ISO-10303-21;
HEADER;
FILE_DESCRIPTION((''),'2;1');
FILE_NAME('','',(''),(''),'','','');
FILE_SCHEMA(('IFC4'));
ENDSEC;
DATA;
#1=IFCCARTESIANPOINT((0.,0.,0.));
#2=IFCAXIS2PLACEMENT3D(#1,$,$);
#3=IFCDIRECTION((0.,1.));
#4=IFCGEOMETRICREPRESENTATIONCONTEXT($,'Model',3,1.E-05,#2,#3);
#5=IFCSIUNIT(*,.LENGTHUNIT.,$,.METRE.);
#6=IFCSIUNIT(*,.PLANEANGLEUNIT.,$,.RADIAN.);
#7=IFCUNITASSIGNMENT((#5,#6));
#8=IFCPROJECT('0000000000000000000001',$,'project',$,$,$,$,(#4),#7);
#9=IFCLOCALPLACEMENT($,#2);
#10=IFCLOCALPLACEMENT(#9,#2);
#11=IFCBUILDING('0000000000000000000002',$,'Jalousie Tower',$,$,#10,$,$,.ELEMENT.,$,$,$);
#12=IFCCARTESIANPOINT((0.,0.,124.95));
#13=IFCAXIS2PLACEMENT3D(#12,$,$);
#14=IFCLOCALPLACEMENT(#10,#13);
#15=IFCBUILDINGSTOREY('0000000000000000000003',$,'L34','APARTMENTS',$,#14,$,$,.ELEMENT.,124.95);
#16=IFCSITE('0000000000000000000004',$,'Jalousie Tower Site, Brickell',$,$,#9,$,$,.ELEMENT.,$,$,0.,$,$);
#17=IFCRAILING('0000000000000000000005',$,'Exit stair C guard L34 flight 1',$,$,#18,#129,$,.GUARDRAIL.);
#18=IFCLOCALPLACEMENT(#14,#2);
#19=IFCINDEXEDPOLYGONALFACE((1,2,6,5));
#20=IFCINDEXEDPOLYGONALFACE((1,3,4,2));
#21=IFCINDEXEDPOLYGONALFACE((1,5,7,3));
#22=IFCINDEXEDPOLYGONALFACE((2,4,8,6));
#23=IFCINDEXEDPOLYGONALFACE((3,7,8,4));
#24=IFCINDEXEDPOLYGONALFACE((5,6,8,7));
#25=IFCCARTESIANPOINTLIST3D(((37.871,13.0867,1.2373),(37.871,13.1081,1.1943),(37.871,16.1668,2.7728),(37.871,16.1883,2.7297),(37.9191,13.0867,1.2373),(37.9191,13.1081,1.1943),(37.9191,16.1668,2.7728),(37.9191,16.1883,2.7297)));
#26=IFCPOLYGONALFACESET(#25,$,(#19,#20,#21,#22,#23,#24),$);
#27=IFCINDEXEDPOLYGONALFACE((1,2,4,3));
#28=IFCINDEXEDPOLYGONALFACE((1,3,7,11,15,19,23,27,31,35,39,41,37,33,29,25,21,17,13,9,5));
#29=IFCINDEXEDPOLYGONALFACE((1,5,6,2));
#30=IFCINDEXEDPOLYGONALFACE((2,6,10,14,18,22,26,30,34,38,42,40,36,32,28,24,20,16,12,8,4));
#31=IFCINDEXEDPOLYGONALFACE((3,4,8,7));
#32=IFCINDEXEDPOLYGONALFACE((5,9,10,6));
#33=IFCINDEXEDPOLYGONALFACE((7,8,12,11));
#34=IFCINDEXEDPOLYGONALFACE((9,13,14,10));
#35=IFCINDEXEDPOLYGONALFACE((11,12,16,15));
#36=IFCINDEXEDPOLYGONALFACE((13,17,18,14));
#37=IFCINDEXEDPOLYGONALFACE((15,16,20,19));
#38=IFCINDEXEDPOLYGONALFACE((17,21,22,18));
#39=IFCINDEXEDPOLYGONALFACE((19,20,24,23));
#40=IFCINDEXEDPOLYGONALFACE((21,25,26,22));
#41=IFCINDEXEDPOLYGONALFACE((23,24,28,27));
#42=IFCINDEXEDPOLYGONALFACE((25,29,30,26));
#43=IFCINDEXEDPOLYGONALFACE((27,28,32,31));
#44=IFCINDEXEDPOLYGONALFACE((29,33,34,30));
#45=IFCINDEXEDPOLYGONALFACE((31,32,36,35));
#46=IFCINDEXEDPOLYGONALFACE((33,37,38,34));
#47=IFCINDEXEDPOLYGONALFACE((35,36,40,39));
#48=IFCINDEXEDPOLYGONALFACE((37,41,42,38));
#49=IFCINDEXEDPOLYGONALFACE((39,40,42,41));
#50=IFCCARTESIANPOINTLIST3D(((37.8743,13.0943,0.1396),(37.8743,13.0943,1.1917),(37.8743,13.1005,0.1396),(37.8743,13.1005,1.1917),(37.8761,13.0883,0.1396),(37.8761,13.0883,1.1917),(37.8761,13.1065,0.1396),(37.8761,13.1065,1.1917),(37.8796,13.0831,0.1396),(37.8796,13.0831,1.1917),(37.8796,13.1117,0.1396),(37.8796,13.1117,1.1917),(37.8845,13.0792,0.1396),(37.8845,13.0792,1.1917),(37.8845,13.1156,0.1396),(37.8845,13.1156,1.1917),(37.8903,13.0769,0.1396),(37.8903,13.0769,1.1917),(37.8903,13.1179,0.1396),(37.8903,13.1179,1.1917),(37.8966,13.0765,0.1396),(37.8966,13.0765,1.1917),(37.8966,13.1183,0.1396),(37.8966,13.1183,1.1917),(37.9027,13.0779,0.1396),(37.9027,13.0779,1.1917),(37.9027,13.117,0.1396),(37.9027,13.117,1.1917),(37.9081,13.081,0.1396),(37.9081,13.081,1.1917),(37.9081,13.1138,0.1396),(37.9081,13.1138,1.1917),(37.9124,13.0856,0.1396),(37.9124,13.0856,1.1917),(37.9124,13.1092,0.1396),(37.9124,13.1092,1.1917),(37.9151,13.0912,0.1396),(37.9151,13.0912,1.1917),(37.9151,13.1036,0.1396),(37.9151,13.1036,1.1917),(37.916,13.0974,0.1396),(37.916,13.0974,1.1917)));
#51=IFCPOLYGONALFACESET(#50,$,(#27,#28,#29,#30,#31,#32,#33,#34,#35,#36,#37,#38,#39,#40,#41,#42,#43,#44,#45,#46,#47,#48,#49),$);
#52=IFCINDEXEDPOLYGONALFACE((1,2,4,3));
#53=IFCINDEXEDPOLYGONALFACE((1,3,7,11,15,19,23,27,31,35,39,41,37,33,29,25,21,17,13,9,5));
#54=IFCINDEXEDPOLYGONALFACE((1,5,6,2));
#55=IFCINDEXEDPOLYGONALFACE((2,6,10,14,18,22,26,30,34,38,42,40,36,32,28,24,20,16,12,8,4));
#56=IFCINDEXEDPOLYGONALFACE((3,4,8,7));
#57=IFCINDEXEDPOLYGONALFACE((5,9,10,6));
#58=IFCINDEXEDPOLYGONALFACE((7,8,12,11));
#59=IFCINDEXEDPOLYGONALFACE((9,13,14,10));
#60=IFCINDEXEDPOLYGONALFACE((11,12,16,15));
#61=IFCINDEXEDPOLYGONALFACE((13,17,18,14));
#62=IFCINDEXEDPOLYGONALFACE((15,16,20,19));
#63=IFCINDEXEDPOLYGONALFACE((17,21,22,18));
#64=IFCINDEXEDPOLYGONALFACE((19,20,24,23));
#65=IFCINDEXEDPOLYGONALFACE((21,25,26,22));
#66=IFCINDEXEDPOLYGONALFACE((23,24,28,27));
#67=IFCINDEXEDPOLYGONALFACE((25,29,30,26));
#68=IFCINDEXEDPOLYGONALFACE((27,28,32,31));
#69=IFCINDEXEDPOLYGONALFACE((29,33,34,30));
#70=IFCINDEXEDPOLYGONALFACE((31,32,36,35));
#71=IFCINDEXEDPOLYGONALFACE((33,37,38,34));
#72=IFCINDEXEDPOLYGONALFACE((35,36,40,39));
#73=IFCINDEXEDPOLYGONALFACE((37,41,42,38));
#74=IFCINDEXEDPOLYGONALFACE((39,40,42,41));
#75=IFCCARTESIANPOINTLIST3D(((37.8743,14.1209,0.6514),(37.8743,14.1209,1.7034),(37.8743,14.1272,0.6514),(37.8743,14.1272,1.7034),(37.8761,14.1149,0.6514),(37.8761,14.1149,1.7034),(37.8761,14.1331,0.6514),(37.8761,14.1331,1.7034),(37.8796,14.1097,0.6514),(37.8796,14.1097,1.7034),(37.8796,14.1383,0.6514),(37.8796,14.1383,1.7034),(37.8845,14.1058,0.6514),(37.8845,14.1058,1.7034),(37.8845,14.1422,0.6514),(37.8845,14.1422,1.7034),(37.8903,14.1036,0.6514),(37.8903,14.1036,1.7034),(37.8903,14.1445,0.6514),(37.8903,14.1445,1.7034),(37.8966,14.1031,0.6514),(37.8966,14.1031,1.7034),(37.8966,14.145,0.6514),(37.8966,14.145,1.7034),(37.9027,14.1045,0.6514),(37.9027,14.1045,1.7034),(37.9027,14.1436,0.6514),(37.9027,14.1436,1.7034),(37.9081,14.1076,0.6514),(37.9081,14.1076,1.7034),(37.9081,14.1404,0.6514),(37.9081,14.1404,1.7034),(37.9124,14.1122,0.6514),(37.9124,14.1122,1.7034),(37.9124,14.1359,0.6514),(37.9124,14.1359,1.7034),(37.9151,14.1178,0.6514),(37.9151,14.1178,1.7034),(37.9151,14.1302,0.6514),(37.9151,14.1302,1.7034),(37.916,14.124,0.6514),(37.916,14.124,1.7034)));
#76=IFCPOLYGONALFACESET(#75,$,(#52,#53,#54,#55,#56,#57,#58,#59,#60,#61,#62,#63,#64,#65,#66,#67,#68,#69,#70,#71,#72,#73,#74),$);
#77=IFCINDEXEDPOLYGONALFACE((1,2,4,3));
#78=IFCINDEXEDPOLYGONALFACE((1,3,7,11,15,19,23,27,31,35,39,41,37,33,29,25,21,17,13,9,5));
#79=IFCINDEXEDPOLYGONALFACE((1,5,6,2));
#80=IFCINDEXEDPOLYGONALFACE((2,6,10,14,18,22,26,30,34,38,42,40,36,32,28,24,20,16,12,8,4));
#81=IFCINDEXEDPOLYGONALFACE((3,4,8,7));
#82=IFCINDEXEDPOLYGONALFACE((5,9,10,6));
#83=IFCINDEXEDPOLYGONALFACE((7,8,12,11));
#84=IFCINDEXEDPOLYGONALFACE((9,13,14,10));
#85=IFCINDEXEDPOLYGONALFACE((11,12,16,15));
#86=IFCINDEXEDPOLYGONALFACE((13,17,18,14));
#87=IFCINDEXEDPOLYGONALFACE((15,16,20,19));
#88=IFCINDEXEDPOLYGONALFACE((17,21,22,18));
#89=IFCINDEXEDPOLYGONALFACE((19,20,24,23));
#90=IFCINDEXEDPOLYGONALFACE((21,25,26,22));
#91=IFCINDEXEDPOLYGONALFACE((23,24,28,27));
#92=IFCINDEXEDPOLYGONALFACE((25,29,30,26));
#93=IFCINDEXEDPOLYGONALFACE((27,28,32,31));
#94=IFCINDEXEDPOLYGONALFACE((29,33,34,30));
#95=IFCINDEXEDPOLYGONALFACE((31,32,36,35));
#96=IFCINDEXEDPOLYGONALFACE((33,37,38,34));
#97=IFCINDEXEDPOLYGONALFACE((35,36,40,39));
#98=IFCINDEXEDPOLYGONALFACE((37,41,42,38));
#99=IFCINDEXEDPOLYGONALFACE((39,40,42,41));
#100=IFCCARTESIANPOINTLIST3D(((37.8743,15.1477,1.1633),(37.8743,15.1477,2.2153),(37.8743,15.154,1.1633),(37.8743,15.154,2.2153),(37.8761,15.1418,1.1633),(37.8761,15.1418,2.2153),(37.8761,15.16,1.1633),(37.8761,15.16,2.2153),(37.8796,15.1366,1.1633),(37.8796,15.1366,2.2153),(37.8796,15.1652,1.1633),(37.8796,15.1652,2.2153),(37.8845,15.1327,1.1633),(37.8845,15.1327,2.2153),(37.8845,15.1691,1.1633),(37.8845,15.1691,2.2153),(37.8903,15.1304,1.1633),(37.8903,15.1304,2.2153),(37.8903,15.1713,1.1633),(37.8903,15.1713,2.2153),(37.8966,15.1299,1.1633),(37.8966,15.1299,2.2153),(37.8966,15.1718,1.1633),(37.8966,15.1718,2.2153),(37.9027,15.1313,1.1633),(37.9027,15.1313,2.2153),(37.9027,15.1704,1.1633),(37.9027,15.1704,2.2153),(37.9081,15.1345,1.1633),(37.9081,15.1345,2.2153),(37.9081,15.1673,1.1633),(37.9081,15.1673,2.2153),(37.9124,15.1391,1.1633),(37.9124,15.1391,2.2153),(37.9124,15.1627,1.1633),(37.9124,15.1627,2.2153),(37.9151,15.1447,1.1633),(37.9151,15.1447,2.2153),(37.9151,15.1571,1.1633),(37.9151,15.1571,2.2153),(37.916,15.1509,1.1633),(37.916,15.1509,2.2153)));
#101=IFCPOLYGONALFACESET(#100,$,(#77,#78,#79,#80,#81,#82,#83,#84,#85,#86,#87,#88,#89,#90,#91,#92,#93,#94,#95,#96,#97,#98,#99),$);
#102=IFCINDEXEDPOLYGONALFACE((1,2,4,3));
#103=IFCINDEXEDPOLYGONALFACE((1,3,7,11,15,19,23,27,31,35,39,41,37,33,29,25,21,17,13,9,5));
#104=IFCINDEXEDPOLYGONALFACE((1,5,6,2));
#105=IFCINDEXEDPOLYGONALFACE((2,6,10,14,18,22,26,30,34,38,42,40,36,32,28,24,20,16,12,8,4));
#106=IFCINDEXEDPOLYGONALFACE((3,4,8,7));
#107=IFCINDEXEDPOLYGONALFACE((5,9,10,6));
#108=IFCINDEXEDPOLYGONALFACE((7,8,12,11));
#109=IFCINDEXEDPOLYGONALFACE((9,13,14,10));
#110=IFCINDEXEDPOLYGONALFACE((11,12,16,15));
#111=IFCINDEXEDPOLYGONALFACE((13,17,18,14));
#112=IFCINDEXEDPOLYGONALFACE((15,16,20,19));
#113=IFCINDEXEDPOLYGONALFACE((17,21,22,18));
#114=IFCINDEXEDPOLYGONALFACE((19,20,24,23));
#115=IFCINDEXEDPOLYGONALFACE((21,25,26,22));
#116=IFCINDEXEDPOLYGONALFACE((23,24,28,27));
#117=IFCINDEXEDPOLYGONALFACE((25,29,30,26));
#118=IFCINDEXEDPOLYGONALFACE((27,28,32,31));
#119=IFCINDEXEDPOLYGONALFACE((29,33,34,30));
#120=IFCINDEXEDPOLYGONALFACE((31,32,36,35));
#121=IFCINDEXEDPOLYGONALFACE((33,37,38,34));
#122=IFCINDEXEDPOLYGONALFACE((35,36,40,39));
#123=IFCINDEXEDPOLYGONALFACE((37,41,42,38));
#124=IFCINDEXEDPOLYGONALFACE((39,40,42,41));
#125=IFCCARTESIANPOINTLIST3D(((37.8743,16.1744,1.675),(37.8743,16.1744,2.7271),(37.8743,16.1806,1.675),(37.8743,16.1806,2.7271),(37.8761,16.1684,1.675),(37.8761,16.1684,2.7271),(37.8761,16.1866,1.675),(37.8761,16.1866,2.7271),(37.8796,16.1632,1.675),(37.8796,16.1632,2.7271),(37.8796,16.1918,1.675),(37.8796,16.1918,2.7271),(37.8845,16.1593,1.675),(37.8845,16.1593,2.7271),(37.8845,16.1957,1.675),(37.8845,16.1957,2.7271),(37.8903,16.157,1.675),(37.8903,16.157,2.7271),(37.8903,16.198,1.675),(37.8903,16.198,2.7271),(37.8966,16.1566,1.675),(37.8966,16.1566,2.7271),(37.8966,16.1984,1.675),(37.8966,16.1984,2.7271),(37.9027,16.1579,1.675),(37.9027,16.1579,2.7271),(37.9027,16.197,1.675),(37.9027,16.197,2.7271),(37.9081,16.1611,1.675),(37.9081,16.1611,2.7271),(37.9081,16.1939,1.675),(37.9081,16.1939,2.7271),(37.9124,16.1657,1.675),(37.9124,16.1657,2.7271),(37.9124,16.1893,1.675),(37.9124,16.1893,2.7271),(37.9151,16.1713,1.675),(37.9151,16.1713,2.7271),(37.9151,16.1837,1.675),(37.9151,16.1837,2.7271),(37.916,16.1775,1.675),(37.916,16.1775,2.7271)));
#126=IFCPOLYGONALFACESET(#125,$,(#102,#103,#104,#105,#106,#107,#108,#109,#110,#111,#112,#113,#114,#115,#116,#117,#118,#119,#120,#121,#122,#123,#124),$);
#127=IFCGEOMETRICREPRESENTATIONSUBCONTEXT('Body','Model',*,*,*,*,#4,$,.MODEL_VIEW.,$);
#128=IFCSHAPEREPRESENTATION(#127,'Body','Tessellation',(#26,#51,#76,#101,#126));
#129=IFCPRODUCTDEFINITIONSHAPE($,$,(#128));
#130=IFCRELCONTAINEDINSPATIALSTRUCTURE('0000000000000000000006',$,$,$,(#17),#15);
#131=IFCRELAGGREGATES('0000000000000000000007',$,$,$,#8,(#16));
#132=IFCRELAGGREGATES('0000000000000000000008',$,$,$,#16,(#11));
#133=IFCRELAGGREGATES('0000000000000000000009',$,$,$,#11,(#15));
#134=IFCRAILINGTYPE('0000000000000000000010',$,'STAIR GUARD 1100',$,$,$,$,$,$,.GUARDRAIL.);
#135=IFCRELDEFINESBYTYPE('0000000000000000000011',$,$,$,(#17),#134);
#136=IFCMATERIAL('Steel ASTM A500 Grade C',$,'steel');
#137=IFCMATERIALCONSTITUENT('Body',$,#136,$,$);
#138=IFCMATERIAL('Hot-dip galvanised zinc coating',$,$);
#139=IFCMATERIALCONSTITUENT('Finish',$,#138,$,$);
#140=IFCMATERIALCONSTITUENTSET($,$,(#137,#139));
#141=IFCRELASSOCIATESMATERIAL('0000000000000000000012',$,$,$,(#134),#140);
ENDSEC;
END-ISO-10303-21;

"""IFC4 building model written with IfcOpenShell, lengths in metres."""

from ifc_helpers import new_model, si_unit, direction, frame, origin, origin_2d, place, context, subcontext, project, spatial, rectangle, circle, extrude, material, constituent, constituent_set, type_object, element, save


model = new_model("IFC4")

# Units and contexts
model_context = context("Model", 3, precision=1e-05, world=origin(), true_north=direction((0.0, 1.0)))
body_context = subcontext(model_context, "Body", "Model", "MODEL_VIEW")
ifc_project = project(units=[si_unit("LENGTHUNIT", "METRE"), si_unit("PLANEANGLEUNIT", "RADIAN")], contexts=[model_context])

# Site, building, storey
site_placement = place(None, origin())
site = spatial("IfcSite", under=ifc_project, at=site_placement, Name="Jalousie Tower Site, Brickell", CompositionType="ELEMENT", RefElevation=0.0)
building_placement = place(site_placement, origin())
building = spatial("IfcBuilding", under=site, at=building_placement, Name="Jalousie Tower", CompositionType="ELEMENT")
storey_placement = place(building_placement, frame((0.0, 0.0, 124.95)))
storey = spatial("IfcBuildingStorey", under=building, at=storey_placement, Name="L34", Description="APARTMENTS", CompositionType="ELEMENT", Elevation=124.95)

# Railing
ifc_material_1 = material(Name="Steel ASTM A500 Grade C", Category="steel")
ifc_constituent_1 = constituent(ifc_material_1, Name="Body")
ifc_material_2 = material(Name="Hot-dip galvanised zinc coating")
ifc_constituent_2 = constituent(ifc_material_2, Name="Finish")
ifc_constituent_set_1 = constituent_set(constituents=[ifc_constituent_1, ifc_constituent_2])
railing_type_1 = type_object("IfcRailingType", Name="STAIR GUARD 1100", PredefinedType="GUARDRAIL", material=ifc_constituent_set_1)
railing_1_placement = place(storey_placement, frame((37.895, 13.0974, 0.1396)))
element("IfcRailing", 1, at=railing_1_placement, inside=storey, type_object=railing_type_1, Name="Exit stair C guard L34 flight 1", PredefinedType="GUARDRAIL", context=body_context, shape_type="SweptSolid", body=[
    extrude(rectangle(XDim=0.0481, YDim=0.0481, at=origin_2d()), frame((0.0, 0.0, 1.0762), z_axis=(0.0, 0.894966, 0.446135), x_axis=(-1.0, 0.0, 0.0)), (0.0, 0.0, 1.0), 3.4417),
    extrude(circle(Radius=0.021, at=origin_2d()), origin(), (0.0, 0.0, 1.0), 1.052),
    extrude(circle(Radius=0.021, at=origin_2d()), frame((0.0, 1.0266, 0.5117)), (0.0, 0.0, 1.0), 1.052),
    extrude(circle(Radius=0.021, at=origin_2d()), frame((0.0, 2.0535, 1.0237)), (0.0, 0.0, 1.0), 1.052),
    extrude(circle(Radius=0.021, at=origin_2d()), frame((0.0, 3.0801, 1.5354)), (0.0, 0.0, 1.0), 1.052),
])

save(model, "model.ifc")
